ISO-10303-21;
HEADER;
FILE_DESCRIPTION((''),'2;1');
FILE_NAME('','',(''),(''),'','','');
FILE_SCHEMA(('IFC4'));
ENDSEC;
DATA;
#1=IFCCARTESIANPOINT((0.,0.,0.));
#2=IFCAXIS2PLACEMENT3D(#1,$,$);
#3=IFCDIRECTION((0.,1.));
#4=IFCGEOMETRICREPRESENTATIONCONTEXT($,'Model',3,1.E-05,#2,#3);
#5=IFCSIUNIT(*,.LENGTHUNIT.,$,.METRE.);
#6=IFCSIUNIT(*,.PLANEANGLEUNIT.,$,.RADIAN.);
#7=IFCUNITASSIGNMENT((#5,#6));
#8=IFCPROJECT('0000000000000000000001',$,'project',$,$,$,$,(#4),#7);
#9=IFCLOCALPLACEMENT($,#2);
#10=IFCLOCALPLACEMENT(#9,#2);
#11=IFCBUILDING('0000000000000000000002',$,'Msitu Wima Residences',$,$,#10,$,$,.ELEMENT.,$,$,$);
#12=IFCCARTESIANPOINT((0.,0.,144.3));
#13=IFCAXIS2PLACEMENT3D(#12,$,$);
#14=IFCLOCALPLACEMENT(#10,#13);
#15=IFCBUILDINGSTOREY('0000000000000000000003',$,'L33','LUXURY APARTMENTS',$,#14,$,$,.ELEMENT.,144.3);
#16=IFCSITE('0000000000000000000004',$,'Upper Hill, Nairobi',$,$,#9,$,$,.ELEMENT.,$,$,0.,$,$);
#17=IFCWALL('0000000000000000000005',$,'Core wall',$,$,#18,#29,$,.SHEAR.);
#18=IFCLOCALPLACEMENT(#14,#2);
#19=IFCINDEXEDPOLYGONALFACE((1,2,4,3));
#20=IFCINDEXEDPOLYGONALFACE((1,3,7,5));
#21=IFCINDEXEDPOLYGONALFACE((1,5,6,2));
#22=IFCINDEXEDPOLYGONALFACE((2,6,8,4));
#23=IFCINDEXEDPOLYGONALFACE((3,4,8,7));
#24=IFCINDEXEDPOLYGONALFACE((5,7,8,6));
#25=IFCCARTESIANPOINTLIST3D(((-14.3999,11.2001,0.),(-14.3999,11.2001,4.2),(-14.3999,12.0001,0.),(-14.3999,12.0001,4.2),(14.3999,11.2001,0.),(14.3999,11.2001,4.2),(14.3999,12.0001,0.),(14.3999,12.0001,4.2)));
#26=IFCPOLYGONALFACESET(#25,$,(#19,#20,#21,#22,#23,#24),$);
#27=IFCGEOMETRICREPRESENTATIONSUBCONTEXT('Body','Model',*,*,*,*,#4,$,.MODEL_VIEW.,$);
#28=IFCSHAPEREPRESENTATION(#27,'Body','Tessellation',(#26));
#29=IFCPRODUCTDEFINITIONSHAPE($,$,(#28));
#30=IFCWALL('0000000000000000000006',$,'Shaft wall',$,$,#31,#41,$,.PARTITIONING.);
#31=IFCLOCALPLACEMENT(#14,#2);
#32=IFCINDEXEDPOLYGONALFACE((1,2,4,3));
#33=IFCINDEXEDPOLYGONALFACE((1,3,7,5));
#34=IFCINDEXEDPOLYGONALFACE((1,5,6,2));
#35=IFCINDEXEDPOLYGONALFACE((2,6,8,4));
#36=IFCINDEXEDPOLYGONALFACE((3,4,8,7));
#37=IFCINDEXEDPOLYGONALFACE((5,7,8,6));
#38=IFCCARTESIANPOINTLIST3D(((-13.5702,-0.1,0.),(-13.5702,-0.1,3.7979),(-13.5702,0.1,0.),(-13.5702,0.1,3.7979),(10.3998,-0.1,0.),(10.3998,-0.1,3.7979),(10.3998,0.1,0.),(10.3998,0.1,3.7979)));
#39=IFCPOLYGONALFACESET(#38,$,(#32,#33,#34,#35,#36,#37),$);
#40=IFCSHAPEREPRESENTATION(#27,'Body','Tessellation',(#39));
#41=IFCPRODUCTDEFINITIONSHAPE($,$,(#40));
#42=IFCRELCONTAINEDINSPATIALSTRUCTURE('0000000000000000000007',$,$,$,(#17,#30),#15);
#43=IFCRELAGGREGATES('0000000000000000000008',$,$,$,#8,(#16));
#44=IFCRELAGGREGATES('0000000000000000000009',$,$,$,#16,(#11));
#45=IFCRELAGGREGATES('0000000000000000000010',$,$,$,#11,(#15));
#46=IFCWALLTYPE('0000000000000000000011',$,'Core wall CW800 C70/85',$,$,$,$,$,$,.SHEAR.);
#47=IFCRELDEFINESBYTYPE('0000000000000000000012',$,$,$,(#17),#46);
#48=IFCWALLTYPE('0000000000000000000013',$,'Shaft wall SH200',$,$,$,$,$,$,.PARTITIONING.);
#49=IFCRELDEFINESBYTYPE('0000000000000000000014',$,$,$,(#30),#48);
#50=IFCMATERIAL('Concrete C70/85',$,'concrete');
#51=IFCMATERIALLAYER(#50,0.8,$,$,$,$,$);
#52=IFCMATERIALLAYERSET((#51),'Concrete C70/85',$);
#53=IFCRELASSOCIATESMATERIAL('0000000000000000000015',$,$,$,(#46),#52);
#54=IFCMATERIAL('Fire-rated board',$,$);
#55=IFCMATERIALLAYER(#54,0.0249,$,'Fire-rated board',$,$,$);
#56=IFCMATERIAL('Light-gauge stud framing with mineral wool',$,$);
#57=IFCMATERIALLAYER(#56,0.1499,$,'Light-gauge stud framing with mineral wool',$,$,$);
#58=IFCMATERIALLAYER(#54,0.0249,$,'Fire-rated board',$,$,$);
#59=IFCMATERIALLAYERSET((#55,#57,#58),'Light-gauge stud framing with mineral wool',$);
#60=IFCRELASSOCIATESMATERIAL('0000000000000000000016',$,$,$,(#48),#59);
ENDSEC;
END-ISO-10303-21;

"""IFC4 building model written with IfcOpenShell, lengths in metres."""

from ifc_helpers import new_model, si_unit, direction, frame, frame_2d, origin, place, context, subcontext, project, spatial, rectangle, extrude, material, layer, layer_set, type_object, element, save


model = new_model("IFC4")

# Units and contexts
model_context = context("Model", 3, precision=1e-05, world=origin(), true_north=direction((0.0, 1.0)))
body_context = subcontext(model_context, "Body", "Model", "MODEL_VIEW")
ifc_project = project(units=[si_unit("LENGTHUNIT", "METRE"), si_unit("PLANEANGLEUNIT", "RADIAN")], contexts=[model_context])

# Site, building, storey
site_placement = place(None, origin())
site = spatial("IfcSite", under=ifc_project, at=site_placement, Name="Upper Hill, Nairobi", CompositionType="ELEMENT", RefElevation=0.0)
building_placement = place(site_placement, origin())
building = spatial("IfcBuilding", under=site, at=building_placement, Name="Msitu Wima Residences", CompositionType="ELEMENT")
storey_placement = place(building_placement, frame((0.0, 0.0, 144.3)))
storey = spatial("IfcBuildingStorey", under=building, at=storey_placement, Name="L33", Description="LUXURY APARTMENTS", CompositionType="ELEMENT", Elevation=144.3)

# Walls
ifc_material_1 = material(Name="Concrete C70/85", Category="concrete")
ifc_layer_1 = layer(ifc_material_1, 0.8)
ifc_layer_set_1 = layer_set([ifc_layer_1], Name="Concrete C70/85")
wall_type_1 = type_object("IfcWallType", Name="Core wall CW800 C70/85", PredefinedType="SHEAR", material=ifc_layer_set_1)
wall_1_placement = place(storey_placement, frame((-14.3999, 11.6001, 0.0), z_axis=(0.0, 0.0, 1.0), x_axis=(1.0, 0.0, 0.0)))
element("IfcWall", 1, at=wall_1_placement, inside=storey, type_object=wall_type_1, Name="Core wall", PredefinedType="SHEAR", context=body_context, shape_type="SweptSolid", body=[
    extrude(rectangle(XDim=28.7998, YDim=0.8, at=frame_2d((14.3999, 0.0))), origin(), (0.0, 0.0, 1.0), 4.2),
])
ifc_material_2 = material(Name="Fire-rated board")
ifc_layer_2 = layer(ifc_material_2, 0.0249, Name="Fire-rated board")
ifc_material_3 = material(Name="Light-gauge stud framing with mineral wool")
ifc_layer_3 = layer(ifc_material_3, 0.1499, Name="Light-gauge stud framing with mineral wool")
ifc_layer_4 = layer(ifc_material_2, 0.0249, Name="Fire-rated board")
ifc_layer_set_2 = layer_set([ifc_layer_2, ifc_layer_3, ifc_layer_4], Name="Light-gauge stud framing with mineral wool")
wall_type_2 = type_object("IfcWallType", Name="Shaft wall SH200", PredefinedType="PARTITIONING", material=ifc_layer_set_2)
wall_2_placement = place(storey_placement, frame((-13.5701, 0.0, 0.0), z_axis=(0.0, 0.0, 1.0), x_axis=(1.0, 0.0, 0.0)))
element("IfcWall", 2, at=wall_2_placement, inside=storey, type_object=wall_type_2, Name="Shaft wall", PredefinedType="PARTITIONING", context=body_context, shape_type="SweptSolid", body=[
    extrude(rectangle(XDim=23.97, YDim=0.2, at=frame_2d((11.9849, 0.0))), origin(), (0.0, 0.0, 1.0), 3.7979),
])

save(model, "model.ifc")
